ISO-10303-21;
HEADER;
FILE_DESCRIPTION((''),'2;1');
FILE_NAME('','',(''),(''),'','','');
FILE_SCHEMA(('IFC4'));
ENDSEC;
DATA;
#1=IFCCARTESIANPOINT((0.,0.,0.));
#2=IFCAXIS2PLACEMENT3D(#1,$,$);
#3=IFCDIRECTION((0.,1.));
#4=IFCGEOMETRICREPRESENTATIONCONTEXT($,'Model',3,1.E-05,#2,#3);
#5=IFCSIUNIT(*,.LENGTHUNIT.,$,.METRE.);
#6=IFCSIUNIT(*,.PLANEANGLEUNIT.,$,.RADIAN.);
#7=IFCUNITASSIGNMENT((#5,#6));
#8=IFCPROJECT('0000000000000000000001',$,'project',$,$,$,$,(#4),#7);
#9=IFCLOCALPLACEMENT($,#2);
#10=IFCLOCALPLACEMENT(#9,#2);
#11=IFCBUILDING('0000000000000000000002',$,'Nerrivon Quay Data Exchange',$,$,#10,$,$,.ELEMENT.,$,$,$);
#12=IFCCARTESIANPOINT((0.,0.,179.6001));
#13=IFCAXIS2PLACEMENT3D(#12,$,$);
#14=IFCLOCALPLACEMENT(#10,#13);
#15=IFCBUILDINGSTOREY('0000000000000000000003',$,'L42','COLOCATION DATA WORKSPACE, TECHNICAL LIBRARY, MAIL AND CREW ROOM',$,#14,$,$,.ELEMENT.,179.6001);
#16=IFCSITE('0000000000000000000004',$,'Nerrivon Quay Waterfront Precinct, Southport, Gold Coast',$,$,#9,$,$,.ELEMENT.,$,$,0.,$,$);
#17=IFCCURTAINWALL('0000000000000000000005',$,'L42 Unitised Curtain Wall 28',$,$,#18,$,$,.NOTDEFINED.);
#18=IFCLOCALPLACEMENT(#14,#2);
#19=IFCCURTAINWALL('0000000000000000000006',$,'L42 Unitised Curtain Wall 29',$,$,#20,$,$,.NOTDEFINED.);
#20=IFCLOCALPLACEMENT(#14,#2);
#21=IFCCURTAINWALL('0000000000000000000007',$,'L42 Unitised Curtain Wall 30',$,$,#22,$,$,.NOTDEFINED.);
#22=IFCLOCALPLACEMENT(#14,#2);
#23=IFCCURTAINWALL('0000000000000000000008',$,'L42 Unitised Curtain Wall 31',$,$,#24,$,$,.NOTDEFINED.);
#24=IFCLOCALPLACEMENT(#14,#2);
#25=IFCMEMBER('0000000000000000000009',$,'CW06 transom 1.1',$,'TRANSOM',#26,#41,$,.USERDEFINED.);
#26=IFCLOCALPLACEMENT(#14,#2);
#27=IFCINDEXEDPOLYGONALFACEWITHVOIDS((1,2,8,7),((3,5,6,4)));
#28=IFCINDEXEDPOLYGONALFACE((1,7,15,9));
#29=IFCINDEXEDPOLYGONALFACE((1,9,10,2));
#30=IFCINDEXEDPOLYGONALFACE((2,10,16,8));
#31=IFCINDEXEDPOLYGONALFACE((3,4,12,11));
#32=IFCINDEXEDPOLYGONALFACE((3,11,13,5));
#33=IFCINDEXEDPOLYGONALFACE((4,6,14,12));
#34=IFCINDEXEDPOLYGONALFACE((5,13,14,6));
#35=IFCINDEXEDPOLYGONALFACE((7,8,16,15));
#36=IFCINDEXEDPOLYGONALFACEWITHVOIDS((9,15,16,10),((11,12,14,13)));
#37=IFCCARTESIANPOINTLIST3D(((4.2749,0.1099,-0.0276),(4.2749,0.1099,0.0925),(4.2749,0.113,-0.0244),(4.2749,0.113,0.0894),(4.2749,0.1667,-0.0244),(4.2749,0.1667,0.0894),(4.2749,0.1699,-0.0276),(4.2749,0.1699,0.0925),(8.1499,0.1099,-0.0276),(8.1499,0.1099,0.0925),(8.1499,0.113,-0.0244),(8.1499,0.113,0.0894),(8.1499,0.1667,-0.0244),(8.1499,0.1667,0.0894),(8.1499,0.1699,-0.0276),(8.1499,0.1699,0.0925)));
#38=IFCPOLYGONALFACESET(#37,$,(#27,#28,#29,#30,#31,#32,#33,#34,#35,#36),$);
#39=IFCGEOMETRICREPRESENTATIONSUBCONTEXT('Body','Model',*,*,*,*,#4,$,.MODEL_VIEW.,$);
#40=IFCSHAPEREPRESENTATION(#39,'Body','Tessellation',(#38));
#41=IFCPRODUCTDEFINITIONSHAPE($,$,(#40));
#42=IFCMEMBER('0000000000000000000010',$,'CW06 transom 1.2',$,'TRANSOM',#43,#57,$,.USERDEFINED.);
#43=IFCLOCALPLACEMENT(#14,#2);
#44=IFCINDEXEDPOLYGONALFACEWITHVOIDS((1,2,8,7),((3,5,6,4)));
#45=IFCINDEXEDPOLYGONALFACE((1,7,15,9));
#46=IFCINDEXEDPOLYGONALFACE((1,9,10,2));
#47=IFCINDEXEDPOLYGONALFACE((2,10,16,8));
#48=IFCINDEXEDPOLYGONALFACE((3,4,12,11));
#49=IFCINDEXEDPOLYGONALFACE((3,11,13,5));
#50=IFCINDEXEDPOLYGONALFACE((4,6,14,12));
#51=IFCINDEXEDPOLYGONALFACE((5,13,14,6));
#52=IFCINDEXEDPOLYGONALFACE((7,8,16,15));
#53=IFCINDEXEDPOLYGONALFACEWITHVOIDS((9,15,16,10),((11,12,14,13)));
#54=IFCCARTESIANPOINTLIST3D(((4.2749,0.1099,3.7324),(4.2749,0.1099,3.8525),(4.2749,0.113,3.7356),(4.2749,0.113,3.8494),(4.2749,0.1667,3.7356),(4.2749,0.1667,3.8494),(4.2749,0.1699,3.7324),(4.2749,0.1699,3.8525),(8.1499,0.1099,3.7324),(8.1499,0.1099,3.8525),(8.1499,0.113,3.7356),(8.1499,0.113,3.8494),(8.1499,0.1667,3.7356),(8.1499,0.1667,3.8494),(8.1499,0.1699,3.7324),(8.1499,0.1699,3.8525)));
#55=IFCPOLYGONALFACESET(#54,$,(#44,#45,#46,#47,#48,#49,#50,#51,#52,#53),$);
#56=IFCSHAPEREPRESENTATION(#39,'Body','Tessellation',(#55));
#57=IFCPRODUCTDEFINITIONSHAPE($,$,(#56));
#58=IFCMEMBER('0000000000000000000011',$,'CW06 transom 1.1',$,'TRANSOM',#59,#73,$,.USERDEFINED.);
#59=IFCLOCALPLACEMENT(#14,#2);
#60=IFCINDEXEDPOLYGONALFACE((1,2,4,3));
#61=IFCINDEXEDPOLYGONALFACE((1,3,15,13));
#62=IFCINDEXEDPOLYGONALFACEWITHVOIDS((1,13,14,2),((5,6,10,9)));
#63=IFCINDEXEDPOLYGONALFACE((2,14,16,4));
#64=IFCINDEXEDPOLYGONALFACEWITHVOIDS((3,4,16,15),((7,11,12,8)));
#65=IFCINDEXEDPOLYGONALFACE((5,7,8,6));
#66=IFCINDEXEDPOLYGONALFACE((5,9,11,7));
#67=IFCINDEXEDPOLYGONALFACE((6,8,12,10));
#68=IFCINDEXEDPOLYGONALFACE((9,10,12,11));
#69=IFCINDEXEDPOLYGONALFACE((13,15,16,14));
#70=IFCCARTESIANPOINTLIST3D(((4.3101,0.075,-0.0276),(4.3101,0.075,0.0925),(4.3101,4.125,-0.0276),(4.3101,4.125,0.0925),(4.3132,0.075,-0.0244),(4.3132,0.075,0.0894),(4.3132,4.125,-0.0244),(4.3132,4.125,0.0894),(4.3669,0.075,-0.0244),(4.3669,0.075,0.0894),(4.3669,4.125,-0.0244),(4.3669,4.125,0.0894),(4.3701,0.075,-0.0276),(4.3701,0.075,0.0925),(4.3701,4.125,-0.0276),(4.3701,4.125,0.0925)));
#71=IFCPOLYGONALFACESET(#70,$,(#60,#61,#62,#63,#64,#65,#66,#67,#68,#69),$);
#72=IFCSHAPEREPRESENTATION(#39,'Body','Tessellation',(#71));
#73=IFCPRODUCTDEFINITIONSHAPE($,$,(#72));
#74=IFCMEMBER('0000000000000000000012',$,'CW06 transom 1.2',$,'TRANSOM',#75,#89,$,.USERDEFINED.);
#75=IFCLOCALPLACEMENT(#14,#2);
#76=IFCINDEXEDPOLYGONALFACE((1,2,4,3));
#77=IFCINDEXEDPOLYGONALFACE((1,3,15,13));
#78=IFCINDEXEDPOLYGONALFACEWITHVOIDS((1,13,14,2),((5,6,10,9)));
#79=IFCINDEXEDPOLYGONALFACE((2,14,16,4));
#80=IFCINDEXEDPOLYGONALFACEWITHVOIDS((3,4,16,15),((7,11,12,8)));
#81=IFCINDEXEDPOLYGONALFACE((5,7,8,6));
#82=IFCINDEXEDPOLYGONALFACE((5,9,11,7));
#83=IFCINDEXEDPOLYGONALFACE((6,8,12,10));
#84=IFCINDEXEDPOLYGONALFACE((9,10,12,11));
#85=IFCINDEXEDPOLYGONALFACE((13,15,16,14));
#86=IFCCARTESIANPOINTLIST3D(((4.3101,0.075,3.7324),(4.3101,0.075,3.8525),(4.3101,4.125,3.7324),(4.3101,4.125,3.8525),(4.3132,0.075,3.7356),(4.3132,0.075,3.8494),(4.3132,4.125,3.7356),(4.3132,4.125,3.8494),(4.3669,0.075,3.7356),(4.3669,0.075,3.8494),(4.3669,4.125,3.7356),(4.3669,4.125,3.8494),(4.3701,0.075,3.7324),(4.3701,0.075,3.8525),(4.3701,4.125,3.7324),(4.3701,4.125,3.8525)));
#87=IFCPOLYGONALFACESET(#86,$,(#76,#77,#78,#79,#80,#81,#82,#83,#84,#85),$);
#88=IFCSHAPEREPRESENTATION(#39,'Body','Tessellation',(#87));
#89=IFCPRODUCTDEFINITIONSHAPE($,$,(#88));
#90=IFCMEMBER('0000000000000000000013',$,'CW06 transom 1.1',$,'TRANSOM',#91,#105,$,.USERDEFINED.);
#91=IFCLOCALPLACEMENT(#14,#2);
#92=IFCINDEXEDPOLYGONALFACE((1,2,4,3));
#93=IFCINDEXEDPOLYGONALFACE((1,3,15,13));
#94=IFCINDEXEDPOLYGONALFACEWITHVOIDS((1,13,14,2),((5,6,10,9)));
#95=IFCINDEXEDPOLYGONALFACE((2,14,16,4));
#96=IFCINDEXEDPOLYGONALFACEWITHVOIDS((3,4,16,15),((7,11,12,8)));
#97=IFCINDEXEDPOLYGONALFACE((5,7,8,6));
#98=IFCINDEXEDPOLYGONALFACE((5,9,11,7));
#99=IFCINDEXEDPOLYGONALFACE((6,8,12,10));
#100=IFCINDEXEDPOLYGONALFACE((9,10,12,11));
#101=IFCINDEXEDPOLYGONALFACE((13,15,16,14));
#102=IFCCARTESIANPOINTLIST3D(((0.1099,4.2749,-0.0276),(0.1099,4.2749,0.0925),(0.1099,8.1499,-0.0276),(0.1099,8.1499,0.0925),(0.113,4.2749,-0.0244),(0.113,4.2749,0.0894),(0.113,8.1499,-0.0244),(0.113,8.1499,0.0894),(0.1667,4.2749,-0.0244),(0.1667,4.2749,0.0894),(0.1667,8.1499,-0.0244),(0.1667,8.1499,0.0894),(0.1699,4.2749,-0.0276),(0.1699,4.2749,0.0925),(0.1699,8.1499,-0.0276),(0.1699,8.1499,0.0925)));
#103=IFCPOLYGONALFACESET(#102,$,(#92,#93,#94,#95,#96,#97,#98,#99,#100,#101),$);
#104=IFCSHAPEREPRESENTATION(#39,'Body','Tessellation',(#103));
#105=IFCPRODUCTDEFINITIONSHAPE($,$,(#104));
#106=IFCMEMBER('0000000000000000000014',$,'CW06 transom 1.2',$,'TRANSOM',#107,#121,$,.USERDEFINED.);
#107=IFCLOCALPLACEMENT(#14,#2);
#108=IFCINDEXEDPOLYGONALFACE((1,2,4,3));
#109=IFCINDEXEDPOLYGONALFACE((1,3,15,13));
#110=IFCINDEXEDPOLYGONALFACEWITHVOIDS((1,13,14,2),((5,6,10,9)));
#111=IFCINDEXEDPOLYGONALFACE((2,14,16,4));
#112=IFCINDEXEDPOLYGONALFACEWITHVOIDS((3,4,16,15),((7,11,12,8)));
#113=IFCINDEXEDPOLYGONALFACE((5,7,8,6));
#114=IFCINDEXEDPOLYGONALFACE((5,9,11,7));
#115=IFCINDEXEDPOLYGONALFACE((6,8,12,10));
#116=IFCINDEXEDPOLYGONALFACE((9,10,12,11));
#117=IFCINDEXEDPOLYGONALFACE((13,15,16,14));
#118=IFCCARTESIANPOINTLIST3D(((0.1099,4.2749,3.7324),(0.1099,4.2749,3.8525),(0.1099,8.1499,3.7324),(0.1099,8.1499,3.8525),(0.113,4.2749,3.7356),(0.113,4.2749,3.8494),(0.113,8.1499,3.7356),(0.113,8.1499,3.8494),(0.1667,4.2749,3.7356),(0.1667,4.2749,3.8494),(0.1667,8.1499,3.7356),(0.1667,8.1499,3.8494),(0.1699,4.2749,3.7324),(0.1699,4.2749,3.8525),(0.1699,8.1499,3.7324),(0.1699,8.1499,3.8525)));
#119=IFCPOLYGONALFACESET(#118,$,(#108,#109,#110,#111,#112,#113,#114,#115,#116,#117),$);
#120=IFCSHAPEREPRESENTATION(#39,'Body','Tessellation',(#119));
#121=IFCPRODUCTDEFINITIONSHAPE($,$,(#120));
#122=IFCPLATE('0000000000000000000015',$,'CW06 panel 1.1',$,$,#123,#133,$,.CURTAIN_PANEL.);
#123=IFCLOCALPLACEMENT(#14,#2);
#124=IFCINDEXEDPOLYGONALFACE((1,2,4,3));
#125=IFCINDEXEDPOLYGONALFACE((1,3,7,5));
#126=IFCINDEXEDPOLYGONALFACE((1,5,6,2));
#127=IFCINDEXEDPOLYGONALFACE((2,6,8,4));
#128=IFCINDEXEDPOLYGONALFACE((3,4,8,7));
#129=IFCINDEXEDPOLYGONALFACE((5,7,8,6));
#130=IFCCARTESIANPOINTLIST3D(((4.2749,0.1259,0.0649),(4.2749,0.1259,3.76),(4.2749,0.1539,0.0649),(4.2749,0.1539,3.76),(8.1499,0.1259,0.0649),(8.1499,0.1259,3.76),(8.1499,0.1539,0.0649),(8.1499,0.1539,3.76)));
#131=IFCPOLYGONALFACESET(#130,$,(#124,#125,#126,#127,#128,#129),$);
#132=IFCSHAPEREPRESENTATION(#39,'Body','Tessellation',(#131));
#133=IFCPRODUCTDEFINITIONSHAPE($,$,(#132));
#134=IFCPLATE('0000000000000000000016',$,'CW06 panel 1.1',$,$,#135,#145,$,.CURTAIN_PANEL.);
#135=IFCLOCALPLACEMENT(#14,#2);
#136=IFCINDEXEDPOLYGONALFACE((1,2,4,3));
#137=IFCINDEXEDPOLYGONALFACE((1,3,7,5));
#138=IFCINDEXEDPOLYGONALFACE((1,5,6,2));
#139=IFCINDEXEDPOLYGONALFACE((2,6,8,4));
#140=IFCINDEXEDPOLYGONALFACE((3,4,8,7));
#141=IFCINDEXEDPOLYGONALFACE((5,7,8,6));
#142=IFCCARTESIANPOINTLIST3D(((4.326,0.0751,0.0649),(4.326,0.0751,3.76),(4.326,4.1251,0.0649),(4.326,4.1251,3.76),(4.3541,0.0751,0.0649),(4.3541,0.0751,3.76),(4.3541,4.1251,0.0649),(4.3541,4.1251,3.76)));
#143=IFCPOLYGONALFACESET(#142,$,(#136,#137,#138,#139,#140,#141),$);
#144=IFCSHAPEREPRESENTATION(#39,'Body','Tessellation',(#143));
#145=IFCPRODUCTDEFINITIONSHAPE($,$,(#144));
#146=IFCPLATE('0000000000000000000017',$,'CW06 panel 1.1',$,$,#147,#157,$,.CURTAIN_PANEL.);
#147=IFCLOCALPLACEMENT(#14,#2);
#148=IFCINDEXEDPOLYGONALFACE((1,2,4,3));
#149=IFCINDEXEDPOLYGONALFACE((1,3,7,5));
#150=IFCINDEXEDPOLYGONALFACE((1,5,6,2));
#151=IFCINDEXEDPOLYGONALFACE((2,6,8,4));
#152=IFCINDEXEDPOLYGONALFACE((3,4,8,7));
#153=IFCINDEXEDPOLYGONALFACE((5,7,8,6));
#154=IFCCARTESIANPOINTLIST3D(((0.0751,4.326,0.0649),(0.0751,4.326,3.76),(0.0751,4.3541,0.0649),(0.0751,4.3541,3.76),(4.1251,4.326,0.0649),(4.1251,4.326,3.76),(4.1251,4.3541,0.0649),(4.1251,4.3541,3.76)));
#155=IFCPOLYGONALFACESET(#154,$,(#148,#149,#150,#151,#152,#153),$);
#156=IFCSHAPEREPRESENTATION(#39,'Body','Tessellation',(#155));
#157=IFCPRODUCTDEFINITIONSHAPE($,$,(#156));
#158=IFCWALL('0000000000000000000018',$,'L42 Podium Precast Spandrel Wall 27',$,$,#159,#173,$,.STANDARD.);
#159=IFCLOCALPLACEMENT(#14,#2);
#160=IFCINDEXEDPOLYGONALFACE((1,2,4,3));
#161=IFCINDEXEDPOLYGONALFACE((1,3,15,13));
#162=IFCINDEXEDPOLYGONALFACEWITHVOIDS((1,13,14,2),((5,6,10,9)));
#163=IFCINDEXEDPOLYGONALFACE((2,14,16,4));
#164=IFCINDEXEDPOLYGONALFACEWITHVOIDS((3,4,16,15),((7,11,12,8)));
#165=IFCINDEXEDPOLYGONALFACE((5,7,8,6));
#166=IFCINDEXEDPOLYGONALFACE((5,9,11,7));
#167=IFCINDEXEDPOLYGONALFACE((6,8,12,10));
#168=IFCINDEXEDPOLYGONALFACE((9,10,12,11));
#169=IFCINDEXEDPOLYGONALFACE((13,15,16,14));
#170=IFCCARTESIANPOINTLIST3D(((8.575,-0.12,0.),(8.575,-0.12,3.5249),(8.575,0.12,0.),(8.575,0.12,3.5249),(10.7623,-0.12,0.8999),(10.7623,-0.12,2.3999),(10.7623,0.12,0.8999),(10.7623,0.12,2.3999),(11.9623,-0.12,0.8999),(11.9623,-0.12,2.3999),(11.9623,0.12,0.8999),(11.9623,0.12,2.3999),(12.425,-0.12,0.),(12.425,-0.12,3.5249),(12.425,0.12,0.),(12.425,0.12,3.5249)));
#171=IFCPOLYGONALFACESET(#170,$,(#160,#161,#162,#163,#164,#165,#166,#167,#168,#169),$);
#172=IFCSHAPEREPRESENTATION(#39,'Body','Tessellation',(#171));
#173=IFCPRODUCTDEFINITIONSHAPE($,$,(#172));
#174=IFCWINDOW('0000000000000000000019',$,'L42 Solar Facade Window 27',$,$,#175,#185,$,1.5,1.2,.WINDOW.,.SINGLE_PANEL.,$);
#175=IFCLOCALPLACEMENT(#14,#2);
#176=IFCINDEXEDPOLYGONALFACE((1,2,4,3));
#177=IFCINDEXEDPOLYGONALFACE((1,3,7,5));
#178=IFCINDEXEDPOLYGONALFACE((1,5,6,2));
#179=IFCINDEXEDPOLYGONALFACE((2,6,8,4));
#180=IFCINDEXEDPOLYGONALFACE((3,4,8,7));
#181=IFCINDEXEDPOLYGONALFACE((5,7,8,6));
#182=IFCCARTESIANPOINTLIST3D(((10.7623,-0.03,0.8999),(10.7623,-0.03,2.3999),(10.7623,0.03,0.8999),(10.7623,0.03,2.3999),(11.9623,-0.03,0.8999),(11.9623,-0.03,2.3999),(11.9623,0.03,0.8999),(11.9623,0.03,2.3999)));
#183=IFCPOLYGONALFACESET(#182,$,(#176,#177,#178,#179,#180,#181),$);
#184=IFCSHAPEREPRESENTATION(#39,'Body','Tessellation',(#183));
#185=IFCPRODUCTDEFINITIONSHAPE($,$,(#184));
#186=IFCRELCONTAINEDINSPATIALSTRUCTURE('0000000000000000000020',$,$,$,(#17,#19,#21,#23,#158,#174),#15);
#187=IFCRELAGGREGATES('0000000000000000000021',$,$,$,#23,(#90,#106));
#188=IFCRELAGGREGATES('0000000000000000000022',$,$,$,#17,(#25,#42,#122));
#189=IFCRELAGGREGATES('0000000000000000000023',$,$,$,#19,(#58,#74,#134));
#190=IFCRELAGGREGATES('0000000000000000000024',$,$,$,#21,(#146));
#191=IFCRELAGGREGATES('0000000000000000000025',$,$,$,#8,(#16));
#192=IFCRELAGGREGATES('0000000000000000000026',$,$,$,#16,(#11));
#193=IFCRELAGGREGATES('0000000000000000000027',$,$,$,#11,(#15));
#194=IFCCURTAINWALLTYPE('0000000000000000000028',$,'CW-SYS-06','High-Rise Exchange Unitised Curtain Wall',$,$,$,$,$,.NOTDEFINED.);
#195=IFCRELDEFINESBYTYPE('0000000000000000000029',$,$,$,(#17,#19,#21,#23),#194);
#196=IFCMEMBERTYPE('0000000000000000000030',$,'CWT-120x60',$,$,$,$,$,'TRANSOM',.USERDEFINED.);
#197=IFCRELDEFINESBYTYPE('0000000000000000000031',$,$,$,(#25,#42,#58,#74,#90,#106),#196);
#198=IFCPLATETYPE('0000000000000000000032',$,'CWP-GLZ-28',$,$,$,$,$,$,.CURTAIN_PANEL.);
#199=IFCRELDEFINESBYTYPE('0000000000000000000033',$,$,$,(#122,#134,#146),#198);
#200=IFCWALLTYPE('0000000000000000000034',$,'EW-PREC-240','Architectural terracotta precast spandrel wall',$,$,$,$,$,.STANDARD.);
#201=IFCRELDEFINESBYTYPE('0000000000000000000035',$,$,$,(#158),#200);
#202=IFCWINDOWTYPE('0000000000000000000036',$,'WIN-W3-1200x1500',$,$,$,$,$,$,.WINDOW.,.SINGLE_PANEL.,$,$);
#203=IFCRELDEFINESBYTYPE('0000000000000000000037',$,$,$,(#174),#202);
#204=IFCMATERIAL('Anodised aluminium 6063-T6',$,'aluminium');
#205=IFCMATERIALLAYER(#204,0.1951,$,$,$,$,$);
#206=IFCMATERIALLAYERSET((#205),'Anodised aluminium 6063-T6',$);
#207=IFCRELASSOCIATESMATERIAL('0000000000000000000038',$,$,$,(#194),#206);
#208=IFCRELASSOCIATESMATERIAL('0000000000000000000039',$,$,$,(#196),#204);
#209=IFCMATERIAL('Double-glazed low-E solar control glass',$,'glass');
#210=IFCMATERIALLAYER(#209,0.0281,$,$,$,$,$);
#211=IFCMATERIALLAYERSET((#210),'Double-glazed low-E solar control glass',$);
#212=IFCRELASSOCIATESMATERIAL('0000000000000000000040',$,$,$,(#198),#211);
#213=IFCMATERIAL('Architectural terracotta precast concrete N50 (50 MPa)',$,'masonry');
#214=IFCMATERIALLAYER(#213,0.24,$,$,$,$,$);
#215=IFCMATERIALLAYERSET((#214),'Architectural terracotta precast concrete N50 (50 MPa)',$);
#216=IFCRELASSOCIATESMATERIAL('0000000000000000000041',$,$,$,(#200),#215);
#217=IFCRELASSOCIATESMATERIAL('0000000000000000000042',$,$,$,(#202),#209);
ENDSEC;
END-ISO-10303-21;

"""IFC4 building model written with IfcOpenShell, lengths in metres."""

from ifc_helpers import new_model, si_unit, direction, frame, frame_2d, origin, origin_2d, place, context, subcontext, project, spatial, rectangle, hollow_rectangle, extrude, material, layer, layer_set, material_profile, profile_set, type_object, element, fill, aggregate, save


model = new_model("IFC4")

# Units and contexts
model_context = context("Model", 3, precision=1e-05, world=origin(), true_north=direction((0.0, 1.0)))
body_context = subcontext(model_context, "Body", "Model", "MODEL_VIEW")
ifc_project = project(units=[si_unit("LENGTHUNIT", "METRE"), si_unit("PLANEANGLEUNIT", "RADIAN")], contexts=[model_context])

# Site, building, storey
site_placement = place(None, origin())
site = spatial("IfcSite", under=ifc_project, at=site_placement, Name="Nerrivon Quay Waterfront Precinct, Southport, Gold Coast", CompositionType="ELEMENT", RefElevation=0.0)
building_placement = place(site_placement, origin())
building = spatial("IfcBuilding", under=site, at=building_placement, Name="Nerrivon Quay Data Exchange", CompositionType="ELEMENT")
storey_placement = place(building_placement, frame((0.0, 0.0, 179.6001)))
storey = spatial("IfcBuildingStorey", under=building, at=storey_placement, Name="L42", Description="COLOCATION DATA WORKSPACE, TECHNICAL LIBRARY, MAIL AND CREW ROOM", CompositionType="ELEMENT", Elevation=179.6001)

# Shared definitions
ifc_material_1 = material(Name="Anodised aluminium 6063-T6", Category="aluminium")
ifc_layer_1 = layer(ifc_material_1, 0.1951)
ifc_layer_set_1 = layer_set([ifc_layer_1], Name="Anodised aluminium 6063-T6")
curtain_wall_type = type_object("IfcCurtainWallType", Name="CW-SYS-06", Description="High-Rise Exchange Unitised Curtain Wall", PredefinedType="NOTDEFINED", material=ifc_layer_set_1)

# Curtain walls
curtain_wall_1_placement = place(storey_placement, origin())
curtain_wall_1 = element("IfcCurtainWall", 1, at=curtain_wall_1_placement, inside=storey, type_object=curtain_wall_type, Name="L42 Unitised Curtain Wall 28", PredefinedType="NOTDEFINED")
curtain_wall_2_placement = place(storey_placement, origin())
curtain_wall_2 = element("IfcCurtainWall", 2, at=curtain_wall_2_placement, inside=storey, type_object=curtain_wall_type, Name="L42 Unitised Curtain Wall 29", PredefinedType="NOTDEFINED")

# Curtain walls
curtain_wall_3_placement = place(storey_placement, origin())
curtain_wall_3 = element("IfcCurtainWall", 3, at=curtain_wall_3_placement, inside=storey, type_object=curtain_wall_type, Name="L42 Unitised Curtain Wall 30", PredefinedType="NOTDEFINED")
curtain_wall_4_placement = place(storey_placement, origin())
curtain_wall_4 = element("IfcCurtainWall", 4, at=curtain_wall_4_placement, inside=storey, type_object=curtain_wall_type, Name="L42 Unitised Curtain Wall 31", PredefinedType="NOTDEFINED")

# Members
ifc_material_profile_1 = material_profile(ifc_material_1, hollow_rectangle(XDim=0.0601, YDim=0.1201, WallThickness=0.0032, at=origin_2d()), Name="ALU-TRAN-120x60")
ifc_profile_set_1 = profile_set([ifc_material_profile_1], Name="Anodised aluminium 6063-T6")
member_type_1 = type_object("IfcMemberType", Name="CWT-120x60", ElementType="TRANSOM", PredefinedType="USERDEFINED", material=ifc_profile_set_1)
member_1_placement = place(storey_placement, frame((8.1499, 0.1399, 0.0325), z_axis=(-1.0, 0.0, 0.0), x_axis=(0.0, -1.0, 0.0)))
member_1 = element("IfcMember", 5, at=member_1_placement, type_object=member_type_1, Name="CW06 transom 1.1", ObjectType="TRANSOM", PredefinedType="USERDEFINED", context=body_context, shape_type="SweptSolid", body=[
    extrude(hollow_rectangle(XDim=0.0601, YDim=0.1201, WallThickness=0.0032, at=origin_2d()), origin(), (0.0, 0.0, 1.0), 3.875),
])
member_2_placement = place(storey_placement, frame((8.1499, 0.1399, 3.7925), z_axis=(-1.0, 0.0, 0.0), x_axis=(0.0, -1.0, 0.0)))
member_2 = element("IfcMember", 6, at=member_2_placement, type_object=member_type_1, Name="CW06 transom 1.2", ObjectType="TRANSOM", PredefinedType="USERDEFINED", context=body_context, shape_type="SweptSolid", body=[
    extrude(hollow_rectangle(XDim=0.0601, YDim=0.1201, WallThickness=0.0032, at=origin_2d()), origin(), (0.0, 0.0, 1.0), 3.875),
])
member_3_placement = place(storey_placement, frame((4.3401, 0.075, 0.0325), z_axis=(0.0, 1.0, 0.0), x_axis=(-1.0, 0.0, 0.0)))
member_3 = element("IfcMember", 7, at=member_3_placement, type_object=member_type_1, Name="CW06 transom 1.1", ObjectType="TRANSOM", PredefinedType="USERDEFINED", context=body_context, shape_type="SweptSolid", body=[
    extrude(hollow_rectangle(XDim=0.0601, YDim=0.1201, WallThickness=0.0032, at=origin_2d()), origin(), (0.0, 0.0, 1.0), 4.05),
])
member_4_placement = place(storey_placement, frame((4.3401, 0.075, 3.7925), z_axis=(0.0, 1.0, 0.0), x_axis=(-1.0, 0.0, 0.0)))
member_4 = element("IfcMember", 8, at=member_4_placement, type_object=member_type_1, Name="CW06 transom 1.2", ObjectType="TRANSOM", PredefinedType="USERDEFINED", context=body_context, shape_type="SweptSolid", body=[
    extrude(hollow_rectangle(XDim=0.0601, YDim=0.1201, WallThickness=0.0032, at=origin_2d()), origin(), (0.0, 0.0, 1.0), 4.05),
])
member_5_placement = place(storey_placement, frame((0.1399, 4.2749, 0.0325), z_axis=(0.0, 1.0, 0.0), x_axis=(-1.0, 0.0, 0.0)))
member_5 = element("IfcMember", 9, at=member_5_placement, type_object=member_type_1, Name="CW06 transom 1.1", ObjectType="TRANSOM", PredefinedType="USERDEFINED", context=body_context, shape_type="SweptSolid", body=[
    extrude(hollow_rectangle(XDim=0.0601, YDim=0.1201, WallThickness=0.0032, at=origin_2d()), origin(), (0.0, 0.0, 1.0), 3.875),
])
member_6_placement = place(storey_placement, frame((0.1399, 4.2749, 3.7925), z_axis=(0.0, 1.0, 0.0), x_axis=(-1.0, 0.0, 0.0)))
member_6 = element("IfcMember", 10, at=member_6_placement, type_object=member_type_1, Name="CW06 transom 1.2", ObjectType="TRANSOM", PredefinedType="USERDEFINED", context=body_context, shape_type="SweptSolid", body=[
    extrude(hollow_rectangle(XDim=0.0601, YDim=0.1201, WallThickness=0.0032, at=origin_2d()), origin(), (0.0, 0.0, 1.0), 3.875),
])
aggregate(curtain_wall_4, [member_5, member_6])

# Plates
ifc_material_2 = material(Name="Double-glazed low-E solar control glass", Category="glass")
ifc_layer_2 = layer(ifc_material_2, 0.0281)
ifc_layer_set_2 = layer_set([ifc_layer_2], Name="Double-glazed low-E solar control glass")
plate_type = type_object("IfcPlateType", Name="CWP-GLZ-28", PredefinedType="CURTAIN_PANEL", material=ifc_layer_set_2)
plate_1_placement = place(storey_placement, frame((6.2124, 0.1399, 0.0649), z_axis=(0.0, 0.0, 1.0), x_axis=(-1.0, 0.0, 0.0)))
plate_1 = element("IfcPlate", 11, at=plate_1_placement, type_object=plate_type, Name="CW06 panel 1.1", PredefinedType="CURTAIN_PANEL", context=body_context, shape_type="SweptSolid", body=[
    extrude(rectangle(XDim=3.875, YDim=0.0281, at=origin_2d()), origin(), (0.0, 0.0, 1.0), 3.6951),
])
aggregate(curtain_wall_1, [member_1, member_2, plate_1])
plate_2_placement = place(storey_placement, frame((4.3401, 2.1001, 0.0649), z_axis=(0.0, 0.0, 1.0), x_axis=(0.0, 1.0, 0.0)))
plate_2 = element("IfcPlate", 12, at=plate_2_placement, type_object=plate_type, Name="CW06 panel 1.1", PredefinedType="CURTAIN_PANEL", context=body_context, shape_type="SweptSolid", body=[
    extrude(rectangle(XDim=4.05, YDim=0.0281, at=origin_2d()), origin(), (0.0, 0.0, 1.0), 3.6951),
])
aggregate(curtain_wall_2, [member_3, member_4, plate_2])
plate_3_placement = place(storey_placement, frame((2.1001, 4.3401, 0.0649), z_axis=(0.0, 0.0, 1.0), x_axis=(-1.0, 0.0, 0.0)))
plate_3 = element("IfcPlate", 13, at=plate_3_placement, type_object=plate_type, Name="CW06 panel 1.1", PredefinedType="CURTAIN_PANEL", context=body_context, shape_type="SweptSolid", body=[
    extrude(rectangle(XDim=4.05, YDim=0.0281, at=origin_2d()), origin(), (0.0, 0.0, 1.0), 3.6951),
])
aggregate(curtain_wall_3, [plate_3])

# Wall, opening, window
ifc_material_3 = material(Name="Architectural terracotta precast concrete N50 (50 MPa)", Category="masonry")
ifc_layer_3 = layer(ifc_material_3, 0.24)
ifc_layer_set_3 = layer_set([ifc_layer_3], Name="Architectural terracotta precast concrete N50 (50 MPa)")
wall_type_1 = type_object("IfcWallType", Name="EW-PREC-240", Description="Architectural terracotta precast spandrel wall", PredefinedType="STANDARD", material=ifc_layer_set_3)
wall_1_placement = place(storey_placement, frame((12.425, 0.0, 0.0), z_axis=(0.0, 0.0, 1.0), x_axis=(-1.0, 0.0, 0.0)))
wall_1 = element("IfcWall", 14, at=wall_1_placement, inside=storey, type_object=wall_type_1, Name="L42 Podium Precast Spandrel Wall 27", PredefinedType="STANDARD", context=body_context, shape_type="SweptSolid", body=[
    extrude(rectangle(XDim=3.8501, YDim=0.24, at=frame_2d((1.925, 0.0))), origin(), (0.0, 0.0, 1.0), 3.5249),
])
opening_placement = place(wall_1_placement, frame((0.4626, 0.0, 0.8999)))
opening = element("IfcOpeningElement", 15, at=opening_placement, cuts=wall_1, PredefinedType="OPENING", context=body_context, shape_type="SweptSolid", body=[
    extrude(rectangle(XDim=1.2, YDim=1.5, at=frame_2d((0.6001, 0.75))), frame((0.0, 0.1299, 0.0), z_axis=(0.0, -1.0, 0.0), x_axis=(1.0, 0.0, 0.0)), (0.0, 0.0, 1.0), 0.26),
])
window_type = type_object("IfcWindowType", Name="WIN-W3-1200x1500", PartitioningType="SINGLE_PANEL", PredefinedType="WINDOW", material=ifc_material_2)
window_placement = place(opening_placement, origin())
window = element("IfcWindow", 16, at=window_placement, inside=storey, type_object=window_type, Name="L42 Solar Facade Window 27", OverallHeight=1.5, OverallWidth=1.2, PartitioningType="SINGLE_PANEL", PredefinedType="WINDOW", context=body_context, shape_type="SweptSolid", body=[
    extrude(rectangle(XDim=1.2, YDim=1.5, at=frame_2d((0.6001, 0.75))), frame((0.0, 0.03, 0.0), z_axis=(0.0, -1.0, 0.0), x_axis=(1.0, 0.0, 0.0)), (0.0, 0.0, 1.0), 0.0601),
])
fill(opening, window)

save(model, "model.ifc")
